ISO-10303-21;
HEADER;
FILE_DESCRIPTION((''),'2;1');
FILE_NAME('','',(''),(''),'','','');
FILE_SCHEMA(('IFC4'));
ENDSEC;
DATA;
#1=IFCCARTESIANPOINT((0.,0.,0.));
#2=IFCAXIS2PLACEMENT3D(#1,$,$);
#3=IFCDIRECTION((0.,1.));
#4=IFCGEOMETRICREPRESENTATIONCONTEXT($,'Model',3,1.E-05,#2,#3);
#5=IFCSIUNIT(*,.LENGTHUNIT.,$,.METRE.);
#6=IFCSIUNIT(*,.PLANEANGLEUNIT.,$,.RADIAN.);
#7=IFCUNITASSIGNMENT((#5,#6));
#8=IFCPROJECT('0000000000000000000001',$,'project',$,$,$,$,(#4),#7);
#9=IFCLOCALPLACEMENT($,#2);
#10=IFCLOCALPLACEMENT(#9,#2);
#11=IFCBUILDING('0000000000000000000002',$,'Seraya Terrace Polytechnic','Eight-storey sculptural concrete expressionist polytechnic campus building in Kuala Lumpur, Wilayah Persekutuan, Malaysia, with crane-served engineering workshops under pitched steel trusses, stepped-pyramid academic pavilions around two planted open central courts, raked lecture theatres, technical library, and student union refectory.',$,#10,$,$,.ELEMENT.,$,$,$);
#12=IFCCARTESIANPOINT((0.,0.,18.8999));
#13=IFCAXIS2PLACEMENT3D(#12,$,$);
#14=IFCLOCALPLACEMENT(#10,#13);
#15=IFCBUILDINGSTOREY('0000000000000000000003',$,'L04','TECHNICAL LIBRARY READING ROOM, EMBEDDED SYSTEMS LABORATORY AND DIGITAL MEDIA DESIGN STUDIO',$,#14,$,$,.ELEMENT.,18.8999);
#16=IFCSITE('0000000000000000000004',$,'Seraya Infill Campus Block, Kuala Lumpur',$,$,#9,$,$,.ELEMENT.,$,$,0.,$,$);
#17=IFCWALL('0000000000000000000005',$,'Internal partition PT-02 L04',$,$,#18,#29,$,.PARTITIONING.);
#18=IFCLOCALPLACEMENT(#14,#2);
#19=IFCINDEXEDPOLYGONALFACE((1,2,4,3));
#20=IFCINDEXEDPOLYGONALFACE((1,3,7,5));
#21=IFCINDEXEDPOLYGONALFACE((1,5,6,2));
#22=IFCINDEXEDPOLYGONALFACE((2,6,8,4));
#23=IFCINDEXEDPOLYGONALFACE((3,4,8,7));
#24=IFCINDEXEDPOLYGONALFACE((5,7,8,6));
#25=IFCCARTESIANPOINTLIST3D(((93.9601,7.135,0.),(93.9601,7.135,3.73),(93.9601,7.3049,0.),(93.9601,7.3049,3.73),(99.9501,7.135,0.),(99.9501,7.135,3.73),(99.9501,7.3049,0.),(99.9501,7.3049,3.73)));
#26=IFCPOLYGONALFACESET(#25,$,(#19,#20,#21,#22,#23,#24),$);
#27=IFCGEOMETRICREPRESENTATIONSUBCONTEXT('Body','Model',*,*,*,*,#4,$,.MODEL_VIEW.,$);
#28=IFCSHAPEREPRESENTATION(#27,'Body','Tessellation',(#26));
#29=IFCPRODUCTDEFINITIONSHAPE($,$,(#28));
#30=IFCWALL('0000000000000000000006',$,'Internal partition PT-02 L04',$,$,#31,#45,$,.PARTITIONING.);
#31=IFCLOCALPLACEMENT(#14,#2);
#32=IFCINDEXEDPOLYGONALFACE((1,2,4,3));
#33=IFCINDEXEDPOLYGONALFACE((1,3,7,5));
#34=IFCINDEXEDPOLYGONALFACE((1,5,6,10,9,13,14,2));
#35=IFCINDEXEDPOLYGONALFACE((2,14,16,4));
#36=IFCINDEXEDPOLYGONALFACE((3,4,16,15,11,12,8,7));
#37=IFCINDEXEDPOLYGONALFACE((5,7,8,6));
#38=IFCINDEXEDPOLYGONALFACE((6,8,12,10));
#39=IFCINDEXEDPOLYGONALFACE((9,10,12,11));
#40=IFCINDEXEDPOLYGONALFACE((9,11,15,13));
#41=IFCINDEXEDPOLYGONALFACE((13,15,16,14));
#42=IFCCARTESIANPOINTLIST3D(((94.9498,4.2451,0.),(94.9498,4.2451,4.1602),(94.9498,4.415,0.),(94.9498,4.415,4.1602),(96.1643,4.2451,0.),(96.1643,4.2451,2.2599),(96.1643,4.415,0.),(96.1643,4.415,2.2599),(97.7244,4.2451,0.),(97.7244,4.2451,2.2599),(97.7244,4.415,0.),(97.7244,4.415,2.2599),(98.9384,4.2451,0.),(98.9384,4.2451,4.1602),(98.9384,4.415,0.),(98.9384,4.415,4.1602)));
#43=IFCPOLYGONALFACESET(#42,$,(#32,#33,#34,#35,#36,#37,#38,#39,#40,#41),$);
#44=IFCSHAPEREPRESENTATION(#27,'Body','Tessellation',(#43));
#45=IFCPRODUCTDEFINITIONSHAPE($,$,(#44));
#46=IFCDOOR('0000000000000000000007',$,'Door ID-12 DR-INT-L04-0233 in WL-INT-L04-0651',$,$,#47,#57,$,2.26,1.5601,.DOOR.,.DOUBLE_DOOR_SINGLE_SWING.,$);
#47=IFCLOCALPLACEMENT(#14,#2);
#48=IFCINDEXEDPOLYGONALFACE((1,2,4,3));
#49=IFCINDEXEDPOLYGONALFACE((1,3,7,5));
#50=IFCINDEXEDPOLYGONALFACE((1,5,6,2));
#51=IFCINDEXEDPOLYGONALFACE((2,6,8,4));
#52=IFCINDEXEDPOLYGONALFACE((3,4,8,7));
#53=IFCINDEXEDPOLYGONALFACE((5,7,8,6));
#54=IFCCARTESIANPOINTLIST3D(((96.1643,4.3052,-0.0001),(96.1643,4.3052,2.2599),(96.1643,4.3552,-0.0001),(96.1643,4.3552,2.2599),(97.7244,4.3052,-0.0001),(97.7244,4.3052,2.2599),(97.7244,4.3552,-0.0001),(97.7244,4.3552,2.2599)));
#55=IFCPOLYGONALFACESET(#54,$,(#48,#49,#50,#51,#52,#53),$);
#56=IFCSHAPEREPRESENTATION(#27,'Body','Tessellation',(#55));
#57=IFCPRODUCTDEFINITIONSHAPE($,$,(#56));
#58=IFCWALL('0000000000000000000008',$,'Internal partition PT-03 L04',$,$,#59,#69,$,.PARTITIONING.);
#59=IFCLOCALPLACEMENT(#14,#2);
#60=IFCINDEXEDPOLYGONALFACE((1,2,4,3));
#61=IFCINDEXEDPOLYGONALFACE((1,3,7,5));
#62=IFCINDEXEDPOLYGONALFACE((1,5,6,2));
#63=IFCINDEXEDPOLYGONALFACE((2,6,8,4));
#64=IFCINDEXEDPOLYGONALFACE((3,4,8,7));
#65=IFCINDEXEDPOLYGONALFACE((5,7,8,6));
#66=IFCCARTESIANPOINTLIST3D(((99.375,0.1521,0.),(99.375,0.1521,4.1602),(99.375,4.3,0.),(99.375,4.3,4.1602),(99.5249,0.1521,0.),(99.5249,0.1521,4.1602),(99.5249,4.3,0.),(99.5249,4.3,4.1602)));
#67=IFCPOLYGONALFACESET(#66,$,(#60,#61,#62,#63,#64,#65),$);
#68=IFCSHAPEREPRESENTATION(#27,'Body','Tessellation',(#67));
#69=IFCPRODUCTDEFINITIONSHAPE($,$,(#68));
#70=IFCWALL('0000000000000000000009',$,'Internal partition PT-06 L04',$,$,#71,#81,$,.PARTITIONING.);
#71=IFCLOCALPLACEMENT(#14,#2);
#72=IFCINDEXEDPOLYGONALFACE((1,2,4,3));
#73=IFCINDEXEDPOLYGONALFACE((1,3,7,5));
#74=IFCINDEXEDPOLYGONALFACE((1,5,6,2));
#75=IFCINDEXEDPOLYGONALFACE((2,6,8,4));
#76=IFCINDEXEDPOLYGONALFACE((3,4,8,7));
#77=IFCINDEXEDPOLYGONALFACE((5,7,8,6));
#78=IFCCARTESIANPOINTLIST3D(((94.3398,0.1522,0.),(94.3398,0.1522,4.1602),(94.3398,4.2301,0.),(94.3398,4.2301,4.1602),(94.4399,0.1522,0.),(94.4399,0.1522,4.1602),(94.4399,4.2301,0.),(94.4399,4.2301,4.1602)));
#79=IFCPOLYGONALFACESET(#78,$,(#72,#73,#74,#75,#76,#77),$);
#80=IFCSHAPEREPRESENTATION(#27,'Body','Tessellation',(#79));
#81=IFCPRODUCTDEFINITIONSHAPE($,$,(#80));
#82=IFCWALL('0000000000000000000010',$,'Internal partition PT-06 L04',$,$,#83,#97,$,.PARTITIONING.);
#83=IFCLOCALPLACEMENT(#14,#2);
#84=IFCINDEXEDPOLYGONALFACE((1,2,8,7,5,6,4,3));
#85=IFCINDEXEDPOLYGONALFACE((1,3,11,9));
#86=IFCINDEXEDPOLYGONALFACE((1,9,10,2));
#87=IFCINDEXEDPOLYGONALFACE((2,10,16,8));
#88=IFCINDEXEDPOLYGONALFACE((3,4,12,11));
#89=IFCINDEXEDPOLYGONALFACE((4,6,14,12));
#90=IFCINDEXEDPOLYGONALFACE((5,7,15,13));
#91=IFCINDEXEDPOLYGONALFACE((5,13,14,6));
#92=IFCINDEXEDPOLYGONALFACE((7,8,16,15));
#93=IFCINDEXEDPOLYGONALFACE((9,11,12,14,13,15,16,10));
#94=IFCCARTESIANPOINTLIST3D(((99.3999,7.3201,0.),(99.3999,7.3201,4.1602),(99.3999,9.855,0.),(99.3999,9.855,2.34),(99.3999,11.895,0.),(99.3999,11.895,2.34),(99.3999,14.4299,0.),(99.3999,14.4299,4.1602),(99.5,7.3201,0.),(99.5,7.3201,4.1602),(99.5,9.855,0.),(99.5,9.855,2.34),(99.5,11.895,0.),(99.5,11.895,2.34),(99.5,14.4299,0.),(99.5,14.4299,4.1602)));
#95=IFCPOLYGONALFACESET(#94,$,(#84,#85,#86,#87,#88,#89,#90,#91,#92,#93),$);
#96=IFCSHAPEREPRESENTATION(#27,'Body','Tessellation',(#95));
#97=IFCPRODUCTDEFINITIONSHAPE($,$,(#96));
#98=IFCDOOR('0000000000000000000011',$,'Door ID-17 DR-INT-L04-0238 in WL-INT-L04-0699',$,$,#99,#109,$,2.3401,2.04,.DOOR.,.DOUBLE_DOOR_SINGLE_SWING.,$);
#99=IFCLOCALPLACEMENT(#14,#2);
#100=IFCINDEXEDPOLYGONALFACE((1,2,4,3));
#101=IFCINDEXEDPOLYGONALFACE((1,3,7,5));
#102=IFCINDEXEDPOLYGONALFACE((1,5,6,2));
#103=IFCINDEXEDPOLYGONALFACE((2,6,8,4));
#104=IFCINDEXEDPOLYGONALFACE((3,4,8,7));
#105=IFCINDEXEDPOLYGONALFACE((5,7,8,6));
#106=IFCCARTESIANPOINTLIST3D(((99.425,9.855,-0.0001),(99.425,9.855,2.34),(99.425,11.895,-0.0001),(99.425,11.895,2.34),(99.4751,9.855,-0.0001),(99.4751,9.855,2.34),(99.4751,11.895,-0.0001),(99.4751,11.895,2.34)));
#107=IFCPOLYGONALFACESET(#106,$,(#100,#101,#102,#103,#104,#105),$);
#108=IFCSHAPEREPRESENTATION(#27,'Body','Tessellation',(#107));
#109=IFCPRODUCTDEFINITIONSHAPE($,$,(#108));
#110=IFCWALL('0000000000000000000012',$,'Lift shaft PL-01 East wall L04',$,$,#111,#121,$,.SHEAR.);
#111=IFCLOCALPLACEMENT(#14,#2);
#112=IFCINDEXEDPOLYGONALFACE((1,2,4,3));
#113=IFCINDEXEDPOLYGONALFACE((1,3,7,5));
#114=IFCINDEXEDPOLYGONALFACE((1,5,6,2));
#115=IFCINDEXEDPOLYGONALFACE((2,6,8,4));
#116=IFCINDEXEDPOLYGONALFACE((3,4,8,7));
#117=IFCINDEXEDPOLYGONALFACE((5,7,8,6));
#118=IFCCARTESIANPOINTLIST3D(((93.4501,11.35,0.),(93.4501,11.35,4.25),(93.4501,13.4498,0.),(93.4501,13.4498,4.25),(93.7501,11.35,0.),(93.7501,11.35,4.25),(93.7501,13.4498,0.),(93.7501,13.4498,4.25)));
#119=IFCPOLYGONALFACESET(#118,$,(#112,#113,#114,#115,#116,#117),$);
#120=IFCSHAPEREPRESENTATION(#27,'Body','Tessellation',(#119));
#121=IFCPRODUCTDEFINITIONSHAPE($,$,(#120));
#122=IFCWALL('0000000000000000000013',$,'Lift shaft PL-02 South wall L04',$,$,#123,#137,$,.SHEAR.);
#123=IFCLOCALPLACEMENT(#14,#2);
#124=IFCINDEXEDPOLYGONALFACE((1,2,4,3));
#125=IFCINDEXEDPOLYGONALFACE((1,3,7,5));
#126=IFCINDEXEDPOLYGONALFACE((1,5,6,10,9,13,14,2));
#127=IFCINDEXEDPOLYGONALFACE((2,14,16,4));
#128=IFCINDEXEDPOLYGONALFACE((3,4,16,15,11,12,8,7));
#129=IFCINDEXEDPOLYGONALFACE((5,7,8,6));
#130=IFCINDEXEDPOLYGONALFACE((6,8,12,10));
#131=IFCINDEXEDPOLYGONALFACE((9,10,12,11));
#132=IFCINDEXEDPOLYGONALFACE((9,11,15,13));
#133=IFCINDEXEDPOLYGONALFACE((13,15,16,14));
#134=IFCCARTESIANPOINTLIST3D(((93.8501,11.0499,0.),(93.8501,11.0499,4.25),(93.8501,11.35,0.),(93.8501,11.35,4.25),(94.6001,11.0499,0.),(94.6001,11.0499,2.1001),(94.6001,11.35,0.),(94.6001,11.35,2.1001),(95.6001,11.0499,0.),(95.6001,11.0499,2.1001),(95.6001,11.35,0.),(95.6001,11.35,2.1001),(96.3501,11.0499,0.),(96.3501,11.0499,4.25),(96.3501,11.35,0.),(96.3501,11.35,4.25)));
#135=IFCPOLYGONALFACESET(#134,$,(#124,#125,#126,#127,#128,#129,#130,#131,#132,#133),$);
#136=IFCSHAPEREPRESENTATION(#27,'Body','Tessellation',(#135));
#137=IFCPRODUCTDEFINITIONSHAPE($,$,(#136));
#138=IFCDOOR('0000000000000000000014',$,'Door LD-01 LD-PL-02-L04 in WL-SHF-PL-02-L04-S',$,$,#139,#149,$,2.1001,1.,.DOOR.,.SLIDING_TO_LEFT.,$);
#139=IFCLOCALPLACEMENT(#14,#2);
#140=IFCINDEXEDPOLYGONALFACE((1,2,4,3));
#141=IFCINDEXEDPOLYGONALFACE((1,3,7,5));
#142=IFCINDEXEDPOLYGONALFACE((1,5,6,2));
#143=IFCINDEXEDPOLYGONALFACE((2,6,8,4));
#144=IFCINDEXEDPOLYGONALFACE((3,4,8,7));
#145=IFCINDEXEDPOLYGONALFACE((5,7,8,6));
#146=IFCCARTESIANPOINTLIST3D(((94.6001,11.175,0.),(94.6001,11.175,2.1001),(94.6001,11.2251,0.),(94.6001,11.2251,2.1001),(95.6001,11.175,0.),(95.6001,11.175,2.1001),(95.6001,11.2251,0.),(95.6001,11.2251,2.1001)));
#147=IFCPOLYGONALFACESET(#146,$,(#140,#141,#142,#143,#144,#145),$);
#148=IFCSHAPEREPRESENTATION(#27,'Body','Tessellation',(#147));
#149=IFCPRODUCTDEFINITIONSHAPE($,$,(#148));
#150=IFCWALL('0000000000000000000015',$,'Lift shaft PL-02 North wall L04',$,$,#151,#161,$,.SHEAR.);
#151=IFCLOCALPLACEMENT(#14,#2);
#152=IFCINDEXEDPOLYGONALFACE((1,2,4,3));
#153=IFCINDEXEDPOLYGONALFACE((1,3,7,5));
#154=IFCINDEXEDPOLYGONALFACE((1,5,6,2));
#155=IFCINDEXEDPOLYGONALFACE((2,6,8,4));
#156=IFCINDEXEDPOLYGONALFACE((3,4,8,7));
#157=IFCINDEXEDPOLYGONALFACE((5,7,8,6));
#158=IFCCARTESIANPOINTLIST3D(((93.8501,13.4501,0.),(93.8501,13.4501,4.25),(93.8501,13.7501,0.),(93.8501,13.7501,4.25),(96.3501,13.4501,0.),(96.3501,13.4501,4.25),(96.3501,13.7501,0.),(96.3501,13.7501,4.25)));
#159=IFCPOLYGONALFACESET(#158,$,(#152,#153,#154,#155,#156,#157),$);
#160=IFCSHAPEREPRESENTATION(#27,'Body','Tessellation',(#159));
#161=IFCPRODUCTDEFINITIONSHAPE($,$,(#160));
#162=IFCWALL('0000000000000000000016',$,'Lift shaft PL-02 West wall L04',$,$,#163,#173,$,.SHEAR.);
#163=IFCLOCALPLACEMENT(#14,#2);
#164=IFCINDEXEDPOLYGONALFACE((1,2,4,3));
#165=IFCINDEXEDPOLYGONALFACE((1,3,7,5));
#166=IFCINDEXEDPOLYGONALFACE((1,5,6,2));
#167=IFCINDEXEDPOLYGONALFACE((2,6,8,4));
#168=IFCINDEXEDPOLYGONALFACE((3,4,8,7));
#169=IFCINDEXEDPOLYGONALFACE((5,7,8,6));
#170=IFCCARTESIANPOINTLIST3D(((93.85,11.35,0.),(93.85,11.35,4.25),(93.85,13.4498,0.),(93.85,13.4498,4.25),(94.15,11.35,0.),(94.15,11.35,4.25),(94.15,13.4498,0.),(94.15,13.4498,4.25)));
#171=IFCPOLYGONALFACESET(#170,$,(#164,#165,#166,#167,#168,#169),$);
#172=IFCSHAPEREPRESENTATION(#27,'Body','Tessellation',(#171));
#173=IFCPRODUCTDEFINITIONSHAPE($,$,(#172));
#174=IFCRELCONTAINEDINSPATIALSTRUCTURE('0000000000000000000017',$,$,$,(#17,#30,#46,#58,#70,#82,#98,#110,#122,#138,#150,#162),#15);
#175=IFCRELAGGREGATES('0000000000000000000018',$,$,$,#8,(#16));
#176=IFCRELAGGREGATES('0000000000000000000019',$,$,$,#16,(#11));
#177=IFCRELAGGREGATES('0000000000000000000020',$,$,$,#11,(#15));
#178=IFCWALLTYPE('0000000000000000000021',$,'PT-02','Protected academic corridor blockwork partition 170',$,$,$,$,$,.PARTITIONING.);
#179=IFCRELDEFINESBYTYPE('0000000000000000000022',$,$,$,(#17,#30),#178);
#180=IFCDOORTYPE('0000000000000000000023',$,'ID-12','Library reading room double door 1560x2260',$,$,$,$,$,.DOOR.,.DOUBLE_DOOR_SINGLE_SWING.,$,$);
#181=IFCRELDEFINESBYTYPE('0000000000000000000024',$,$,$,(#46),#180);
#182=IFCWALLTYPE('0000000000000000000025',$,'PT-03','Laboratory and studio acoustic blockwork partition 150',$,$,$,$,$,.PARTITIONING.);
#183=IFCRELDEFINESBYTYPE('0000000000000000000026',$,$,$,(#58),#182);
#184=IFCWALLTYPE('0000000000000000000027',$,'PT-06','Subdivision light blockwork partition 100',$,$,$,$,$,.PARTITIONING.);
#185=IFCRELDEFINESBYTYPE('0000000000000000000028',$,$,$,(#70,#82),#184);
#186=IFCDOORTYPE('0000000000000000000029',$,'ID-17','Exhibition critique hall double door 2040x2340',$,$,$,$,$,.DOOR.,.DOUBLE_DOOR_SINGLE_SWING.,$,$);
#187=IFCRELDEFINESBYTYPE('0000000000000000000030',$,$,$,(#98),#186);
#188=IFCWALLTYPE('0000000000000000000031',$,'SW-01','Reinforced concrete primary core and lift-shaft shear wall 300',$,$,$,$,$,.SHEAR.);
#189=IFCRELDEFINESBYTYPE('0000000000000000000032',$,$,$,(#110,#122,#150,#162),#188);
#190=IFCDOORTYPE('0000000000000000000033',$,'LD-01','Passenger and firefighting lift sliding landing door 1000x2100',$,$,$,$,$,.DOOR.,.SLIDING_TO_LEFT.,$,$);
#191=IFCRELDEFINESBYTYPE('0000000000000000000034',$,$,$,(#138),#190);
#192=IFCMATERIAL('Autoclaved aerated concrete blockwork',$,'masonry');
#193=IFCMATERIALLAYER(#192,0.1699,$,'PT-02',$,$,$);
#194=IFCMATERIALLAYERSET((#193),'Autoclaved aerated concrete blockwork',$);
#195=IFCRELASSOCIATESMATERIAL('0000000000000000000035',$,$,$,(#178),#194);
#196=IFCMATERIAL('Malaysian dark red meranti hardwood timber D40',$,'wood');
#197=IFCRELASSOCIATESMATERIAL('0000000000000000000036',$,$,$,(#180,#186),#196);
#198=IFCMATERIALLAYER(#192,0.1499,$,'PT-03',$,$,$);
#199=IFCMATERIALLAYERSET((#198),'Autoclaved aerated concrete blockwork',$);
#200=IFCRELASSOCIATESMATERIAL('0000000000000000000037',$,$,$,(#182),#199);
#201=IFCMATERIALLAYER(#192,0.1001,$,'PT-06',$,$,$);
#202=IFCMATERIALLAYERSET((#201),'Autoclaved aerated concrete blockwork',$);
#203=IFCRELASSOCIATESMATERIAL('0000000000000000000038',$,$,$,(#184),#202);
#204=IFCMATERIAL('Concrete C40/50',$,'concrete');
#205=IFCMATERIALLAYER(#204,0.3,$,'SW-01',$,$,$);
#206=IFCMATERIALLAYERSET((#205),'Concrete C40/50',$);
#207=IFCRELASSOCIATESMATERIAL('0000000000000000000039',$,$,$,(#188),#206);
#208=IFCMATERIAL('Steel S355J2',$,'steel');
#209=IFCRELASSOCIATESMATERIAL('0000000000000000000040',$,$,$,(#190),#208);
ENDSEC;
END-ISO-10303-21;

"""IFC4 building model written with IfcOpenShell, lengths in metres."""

from ifc_helpers import new_model, si_unit, direction, frame, frame_2d, origin, place, context, subcontext, project, spatial, rectangle, extrude, material, layer, layer_set, type_object, element, fill, save


model = new_model("IFC4")

# Units and contexts
model_context = context("Model", 3, precision=1e-05, world=origin(), true_north=direction((0.0, 1.0)))
body_context = subcontext(model_context, "Body", "Model", "MODEL_VIEW")
ifc_project = project(units=[si_unit("LENGTHUNIT", "METRE"), si_unit("PLANEANGLEUNIT", "RADIAN")], contexts=[model_context])

# Site, building, storey
site_placement = place(None, origin())
site = spatial("IfcSite", under=ifc_project, at=site_placement, Name="Seraya Infill Campus Block, Kuala Lumpur", CompositionType="ELEMENT", RefElevation=0.0)
building_placement = place(site_placement, origin())
building = spatial("IfcBuilding", under=site, at=building_placement, Name="Seraya Terrace Polytechnic", Description="Eight-storey sculptural concrete expressionist polytechnic campus building in Kuala Lumpur, Wilayah Persekutuan, Malaysia, with crane-served engineering workshops under pitched steel trusses, stepped-pyramid academic pavilions around two planted open central courts, raked lecture theatres, technical library, and student union refectory.", CompositionType="ELEMENT")
storey_placement = place(building_placement, frame((0.0, 0.0, 18.8999)))
storey = spatial("IfcBuildingStorey", under=building, at=storey_placement, Name="L04", Description="TECHNICAL LIBRARY READING ROOM, EMBEDDED SYSTEMS LABORATORY AND DIGITAL MEDIA DESIGN STUDIO", CompositionType="ELEMENT", Elevation=18.8999)

# Shared definitions
ifc_material_1 = material(Name="Concrete C40/50", Category="concrete")

# Shared definitions
ifc_material_2 = material(Name="Autoclaved aerated concrete blockwork", Category="masonry")
ifc_layer_1 = layer(ifc_material_2, 0.1699, Name="PT-02")
ifc_layer_set_1 = layer_set([ifc_layer_1], Name="Autoclaved aerated concrete blockwork")
wall_type_1 = type_object("IfcWallType", Name="PT-02", Description="Protected academic corridor blockwork partition 170", PredefinedType="PARTITIONING", material=ifc_layer_set_1)
ifc_material_3 = material(Name="Malaysian dark red meranti hardwood timber D40", Category="wood")

# Wall
wall_1_placement = place(storey_placement, frame((93.96, 7.22, 0.0), z_axis=(0.0, 0.0, 1.0), x_axis=(1.0, 0.0, 0.0)))
element("IfcWall", 1, at=wall_1_placement, inside=storey, type_object=wall_type_1, Name="Internal partition PT-02 L04", PredefinedType="PARTITIONING", context=body_context, shape_type="SweptSolid", body=[
    extrude(rectangle(XDim=5.99, YDim=0.1699, at=frame_2d((2.9951, 0.0))), origin(), (0.0, 0.0, 1.0), 3.73),
])

# Wall, opening, door
wall_2_placement = place(storey_placement, frame((94.95, 4.3301, 0.0), z_axis=(0.0, 0.0, 1.0), x_axis=(1.0, 0.0, 0.0)))
wall_2 = element("IfcWall", 2, at=wall_2_placement, inside=storey, type_object=wall_type_1, Name="Internal partition PT-02 L04", PredefinedType="PARTITIONING", context=body_context, shape_type="SweptSolid", body=[
    extrude(rectangle(XDim=3.9885, YDim=0.1699, at=frame_2d((1.9941, 0.0))), origin(), (0.0, 0.0, 1.0), 4.1602),
])
opening_1_placement = place(wall_2_placement, frame((1.2144, 0.0, 0.0)))
opening_1 = element("IfcOpeningElement", 3, at=opening_1_placement, cuts=wall_2, PredefinedType="OPENING", context=body_context, shape_type="SweptSolid", body=[
    extrude(rectangle(XDim=1.5601, YDim=2.26, at=frame_2d((0.78, 1.1299))), frame((0.0, 0.0969, 0.0), z_axis=(0.0, -1.0, 0.0), x_axis=(1.0, 0.0, 0.0)), (0.0, 0.0, 1.0), 0.1938),
])
door_type_1 = type_object("IfcDoorType", Name="ID-12", Description="Library reading room double door 1560x2260", OperationType="DOUBLE_DOOR_SINGLE_SWING", PredefinedType="DOOR", material=ifc_material_3)
door_1_placement = place(opening_1_placement, frame((1.5601, 0.0, 0.0), z_axis=(0.0, 0.0, 1.0), x_axis=(-1.0, 0.0, 0.0)))
door_1 = element("IfcDoor", 4, at=door_1_placement, inside=storey, type_object=door_type_1, Name="Door ID-12 DR-INT-L04-0233 in WL-INT-L04-0651", OperationType="DOUBLE_DOOR_SINGLE_SWING", OverallHeight=2.26, OverallWidth=1.5601, PredefinedType="DOOR", context=body_context, shape_type="SweptSolid", body=[
    extrude(rectangle(XDim=1.5601, YDim=2.26, at=frame_2d((0.78, 1.1299))), frame((0.0, 0.0249, 0.0), z_axis=(0.0, -1.0, 0.0), x_axis=(1.0, 0.0, 0.0)), (0.0, 0.0, 1.0), 0.05),
])
fill(opening_1, door_1)

# Walls
ifc_layer_2 = layer(ifc_material_2, 0.1499, Name="PT-03")
ifc_layer_set_2 = layer_set([ifc_layer_2], Name="Autoclaved aerated concrete blockwork")
wall_type_2 = type_object("IfcWallType", Name="PT-03", Description="Laboratory and studio acoustic blockwork partition 150", PredefinedType="PARTITIONING", material=ifc_layer_set_2)
wall_3_placement = place(storey_placement, frame((99.45, 0.1521, 0.0), z_axis=(0.0, 0.0, 1.0), x_axis=(0.0, 1.0, 0.0)))
element("IfcWall", 5, at=wall_3_placement, inside=storey, type_object=wall_type_2, Name="Internal partition PT-03 L04", PredefinedType="PARTITIONING", context=body_context, shape_type="SweptSolid", body=[
    extrude(rectangle(XDim=4.1479, YDim=0.1499, at=frame_2d((2.074, 0.0))), origin(), (0.0, 0.0, 1.0), 4.1602),
])
ifc_layer_3 = layer(ifc_material_2, 0.1001, Name="PT-06")
ifc_layer_set_3 = layer_set([ifc_layer_3], Name="Autoclaved aerated concrete blockwork")
wall_type_3 = type_object("IfcWallType", Name="PT-06", Description="Subdivision light blockwork partition 100", PredefinedType="PARTITIONING", material=ifc_layer_set_3)
wall_4_placement = place(storey_placement, frame((94.3899, 0.1521, 0.0), z_axis=(0.0, 0.0, 1.0), x_axis=(0.0, 1.0, 0.0)))
element("IfcWall", 6, at=wall_4_placement, inside=storey, type_object=wall_type_3, Name="Internal partition PT-06 L04", PredefinedType="PARTITIONING", context=body_context, shape_type="SweptSolid", body=[
    extrude(rectangle(XDim=4.0779, YDim=0.1001, at=frame_2d((2.0391, 0.0))), origin(), (0.0, 0.0, 1.0), 4.1602),
])

# Wall, opening, door
wall_5_placement = place(storey_placement, frame((99.45, 7.3201, 0.0), z_axis=(0.0, 0.0, 1.0), x_axis=(0.0, 1.0, 0.0)))
wall_5 = element("IfcWall", 7, at=wall_5_placement, inside=storey, type_object=wall_type_3, Name="Internal partition PT-06 L04", PredefinedType="PARTITIONING", context=body_context, shape_type="SweptSolid", body=[
    extrude(rectangle(XDim=7.1099, YDim=0.1001, at=frame_2d((3.5549, 0.0))), origin(), (0.0, 0.0, 1.0), 4.1602),
])
opening_2_placement = place(wall_5_placement, frame((2.5349, 0.0, 0.0)))
opening_2 = element("IfcOpeningElement", 8, at=opening_2_placement, cuts=wall_5, PredefinedType="OPENING", context=body_context, shape_type="SweptSolid", body=[
    extrude(rectangle(XDim=2.04, YDim=2.3401, at=frame_2d((1.02, 1.1699))), frame((0.0, 0.062, 0.0), z_axis=(0.0, -1.0, 0.0), x_axis=(1.0, 0.0, 0.0)), (0.0, 0.0, 1.0), 0.124),
])
door_type_2 = type_object("IfcDoorType", Name="ID-17", Description="Exhibition critique hall double door 2040x2340", OperationType="DOUBLE_DOOR_SINGLE_SWING", PredefinedType="DOOR", material=ifc_material_3)
door_2_placement = place(opening_2_placement, origin())
door_2 = element("IfcDoor", 9, at=door_2_placement, inside=storey, type_object=door_type_2, Name="Door ID-17 DR-INT-L04-0238 in WL-INT-L04-0699", OperationType="DOUBLE_DOOR_SINGLE_SWING", OverallHeight=2.3401, OverallWidth=2.04, PredefinedType="DOOR", context=body_context, shape_type="SweptSolid", body=[
    extrude(rectangle(XDim=2.04, YDim=2.3401, at=frame_2d((1.02, 1.1699))), frame((0.0, 0.0249, 0.0), z_axis=(0.0, -1.0, 0.0), x_axis=(1.0, 0.0, 0.0)), (0.0, 0.0, 1.0), 0.05),
])
fill(opening_2, door_2)

# Wall
ifc_layer_4 = layer(ifc_material_1, 0.3, Name="SW-01")
ifc_layer_set_4 = layer_set([ifc_layer_4], Name="Concrete C40/50")
wall_type_4 = type_object("IfcWallType", Name="SW-01", Description="Reinforced concrete primary core and lift-shaft shear wall 300", PredefinedType="SHEAR", material=ifc_layer_set_4)
wall_6_placement = place(storey_placement, frame((93.6001, 11.3501, 0.0), z_axis=(0.0, 0.0, 1.0), x_axis=(0.0, 1.0, 0.0)))
element("IfcWall", 10, at=wall_6_placement, inside=storey, type_object=wall_type_4, Name="Lift shaft PL-01 East wall L04", PredefinedType="SHEAR", context=body_context, shape_type="SweptSolid", body=[
    extrude(rectangle(XDim=2.0999, YDim=0.3, at=frame_2d((1.0498, 0.0))), origin(), (0.0, 0.0, 1.0), 4.25),
])

# Wall, opening, door
wall_7_placement = place(storey_placement, frame((93.8501, 11.2, 0.0), z_axis=(0.0, 0.0, 1.0), x_axis=(1.0, 0.0, 0.0)))
wall_7 = element("IfcWall", 11, at=wall_7_placement, inside=storey, type_object=wall_type_4, Name="Lift shaft PL-02 South wall L04", PredefinedType="SHEAR", context=body_context, shape_type="SweptSolid", body=[
    extrude(rectangle(XDim=2.5, YDim=0.3, at=frame_2d((1.25, 0.0))), origin(), (0.0, 0.0, 1.0), 4.25),
])
opening_3_placement = place(wall_7_placement, frame((0.75, 0.0, 0.0)))
opening_3 = element("IfcOpeningElement", 12, at=opening_3_placement, cuts=wall_7, PredefinedType="OPENING", context=body_context, shape_type="SweptSolid", body=[
    extrude(rectangle(XDim=1.0, YDim=2.1001, at=frame_2d((0.5, 1.05))), frame((0.0, 0.1621, 0.0), z_axis=(0.0, -1.0, 0.0), x_axis=(1.0, 0.0, 0.0)), (0.0, 0.0, 1.0), 0.324),
])
ifc_material_4 = material(Name="Steel S355J2", Category="steel")
door_type_3 = type_object("IfcDoorType", Name="LD-01", Description="Passenger and firefighting lift sliding landing door 1000x2100", OperationType="SLIDING_TO_LEFT", PredefinedType="DOOR", material=ifc_material_4)
door_3_placement = place(opening_3_placement, frame((1.0, 0.0, 0.0), z_axis=(0.0, 0.0, 1.0), x_axis=(-1.0, 0.0, 0.0)))
door_3 = element("IfcDoor", 13, at=door_3_placement, inside=storey, type_object=door_type_3, Name="Door LD-01 LD-PL-02-L04 in WL-SHF-PL-02-L04-S", OperationType="SLIDING_TO_LEFT", OverallHeight=2.1001, OverallWidth=1.0, PredefinedType="DOOR", context=body_context, shape_type="SweptSolid", body=[
    extrude(rectangle(XDim=1.0, YDim=2.1001, at=frame_2d((0.5, 1.05))), frame((0.0, 0.0249, 0.0), z_axis=(0.0, -1.0, 0.0), x_axis=(1.0, 0.0, 0.0)), (0.0, 0.0, 1.0), 0.05),
])
fill(opening_3, door_3)

# Walls
wall_8_placement = place(storey_placement, frame((93.8501, 13.6001, 0.0), z_axis=(0.0, 0.0, 1.0), x_axis=(1.0, 0.0, 0.0)))
element("IfcWall", 14, at=wall_8_placement, inside=storey, type_object=wall_type_4, Name="Lift shaft PL-02 North wall L04", PredefinedType="SHEAR", context=body_context, shape_type="SweptSolid", body=[
    extrude(rectangle(XDim=2.5, YDim=0.3, at=frame_2d((1.25, 0.0))), origin(), (0.0, 0.0, 1.0), 4.25),
])
for number, where, z_axis, x_axis, name in (
    (15, (94.0, 11.3501, 0.0), (0.0, 0.0, 1.0), (0.0, 1.0, 0.0), "Lift shaft PL-02 West wall L04"),
):
    element("IfcWall", number, at=place(storey_placement, frame(where, z_axis=z_axis, x_axis=x_axis)), inside=storey, type_object=wall_type_4, Name=name, PredefinedType="SHEAR", context=body_context, shape_type="SweptSolid", body=[
        extrude(rectangle(XDim=2.0999, YDim=0.3, at=frame_2d((1.0498, 0.0))), origin(), (0.0, 0.0, 1.0), 4.25),
    ])

save(model, "model.ifc")
